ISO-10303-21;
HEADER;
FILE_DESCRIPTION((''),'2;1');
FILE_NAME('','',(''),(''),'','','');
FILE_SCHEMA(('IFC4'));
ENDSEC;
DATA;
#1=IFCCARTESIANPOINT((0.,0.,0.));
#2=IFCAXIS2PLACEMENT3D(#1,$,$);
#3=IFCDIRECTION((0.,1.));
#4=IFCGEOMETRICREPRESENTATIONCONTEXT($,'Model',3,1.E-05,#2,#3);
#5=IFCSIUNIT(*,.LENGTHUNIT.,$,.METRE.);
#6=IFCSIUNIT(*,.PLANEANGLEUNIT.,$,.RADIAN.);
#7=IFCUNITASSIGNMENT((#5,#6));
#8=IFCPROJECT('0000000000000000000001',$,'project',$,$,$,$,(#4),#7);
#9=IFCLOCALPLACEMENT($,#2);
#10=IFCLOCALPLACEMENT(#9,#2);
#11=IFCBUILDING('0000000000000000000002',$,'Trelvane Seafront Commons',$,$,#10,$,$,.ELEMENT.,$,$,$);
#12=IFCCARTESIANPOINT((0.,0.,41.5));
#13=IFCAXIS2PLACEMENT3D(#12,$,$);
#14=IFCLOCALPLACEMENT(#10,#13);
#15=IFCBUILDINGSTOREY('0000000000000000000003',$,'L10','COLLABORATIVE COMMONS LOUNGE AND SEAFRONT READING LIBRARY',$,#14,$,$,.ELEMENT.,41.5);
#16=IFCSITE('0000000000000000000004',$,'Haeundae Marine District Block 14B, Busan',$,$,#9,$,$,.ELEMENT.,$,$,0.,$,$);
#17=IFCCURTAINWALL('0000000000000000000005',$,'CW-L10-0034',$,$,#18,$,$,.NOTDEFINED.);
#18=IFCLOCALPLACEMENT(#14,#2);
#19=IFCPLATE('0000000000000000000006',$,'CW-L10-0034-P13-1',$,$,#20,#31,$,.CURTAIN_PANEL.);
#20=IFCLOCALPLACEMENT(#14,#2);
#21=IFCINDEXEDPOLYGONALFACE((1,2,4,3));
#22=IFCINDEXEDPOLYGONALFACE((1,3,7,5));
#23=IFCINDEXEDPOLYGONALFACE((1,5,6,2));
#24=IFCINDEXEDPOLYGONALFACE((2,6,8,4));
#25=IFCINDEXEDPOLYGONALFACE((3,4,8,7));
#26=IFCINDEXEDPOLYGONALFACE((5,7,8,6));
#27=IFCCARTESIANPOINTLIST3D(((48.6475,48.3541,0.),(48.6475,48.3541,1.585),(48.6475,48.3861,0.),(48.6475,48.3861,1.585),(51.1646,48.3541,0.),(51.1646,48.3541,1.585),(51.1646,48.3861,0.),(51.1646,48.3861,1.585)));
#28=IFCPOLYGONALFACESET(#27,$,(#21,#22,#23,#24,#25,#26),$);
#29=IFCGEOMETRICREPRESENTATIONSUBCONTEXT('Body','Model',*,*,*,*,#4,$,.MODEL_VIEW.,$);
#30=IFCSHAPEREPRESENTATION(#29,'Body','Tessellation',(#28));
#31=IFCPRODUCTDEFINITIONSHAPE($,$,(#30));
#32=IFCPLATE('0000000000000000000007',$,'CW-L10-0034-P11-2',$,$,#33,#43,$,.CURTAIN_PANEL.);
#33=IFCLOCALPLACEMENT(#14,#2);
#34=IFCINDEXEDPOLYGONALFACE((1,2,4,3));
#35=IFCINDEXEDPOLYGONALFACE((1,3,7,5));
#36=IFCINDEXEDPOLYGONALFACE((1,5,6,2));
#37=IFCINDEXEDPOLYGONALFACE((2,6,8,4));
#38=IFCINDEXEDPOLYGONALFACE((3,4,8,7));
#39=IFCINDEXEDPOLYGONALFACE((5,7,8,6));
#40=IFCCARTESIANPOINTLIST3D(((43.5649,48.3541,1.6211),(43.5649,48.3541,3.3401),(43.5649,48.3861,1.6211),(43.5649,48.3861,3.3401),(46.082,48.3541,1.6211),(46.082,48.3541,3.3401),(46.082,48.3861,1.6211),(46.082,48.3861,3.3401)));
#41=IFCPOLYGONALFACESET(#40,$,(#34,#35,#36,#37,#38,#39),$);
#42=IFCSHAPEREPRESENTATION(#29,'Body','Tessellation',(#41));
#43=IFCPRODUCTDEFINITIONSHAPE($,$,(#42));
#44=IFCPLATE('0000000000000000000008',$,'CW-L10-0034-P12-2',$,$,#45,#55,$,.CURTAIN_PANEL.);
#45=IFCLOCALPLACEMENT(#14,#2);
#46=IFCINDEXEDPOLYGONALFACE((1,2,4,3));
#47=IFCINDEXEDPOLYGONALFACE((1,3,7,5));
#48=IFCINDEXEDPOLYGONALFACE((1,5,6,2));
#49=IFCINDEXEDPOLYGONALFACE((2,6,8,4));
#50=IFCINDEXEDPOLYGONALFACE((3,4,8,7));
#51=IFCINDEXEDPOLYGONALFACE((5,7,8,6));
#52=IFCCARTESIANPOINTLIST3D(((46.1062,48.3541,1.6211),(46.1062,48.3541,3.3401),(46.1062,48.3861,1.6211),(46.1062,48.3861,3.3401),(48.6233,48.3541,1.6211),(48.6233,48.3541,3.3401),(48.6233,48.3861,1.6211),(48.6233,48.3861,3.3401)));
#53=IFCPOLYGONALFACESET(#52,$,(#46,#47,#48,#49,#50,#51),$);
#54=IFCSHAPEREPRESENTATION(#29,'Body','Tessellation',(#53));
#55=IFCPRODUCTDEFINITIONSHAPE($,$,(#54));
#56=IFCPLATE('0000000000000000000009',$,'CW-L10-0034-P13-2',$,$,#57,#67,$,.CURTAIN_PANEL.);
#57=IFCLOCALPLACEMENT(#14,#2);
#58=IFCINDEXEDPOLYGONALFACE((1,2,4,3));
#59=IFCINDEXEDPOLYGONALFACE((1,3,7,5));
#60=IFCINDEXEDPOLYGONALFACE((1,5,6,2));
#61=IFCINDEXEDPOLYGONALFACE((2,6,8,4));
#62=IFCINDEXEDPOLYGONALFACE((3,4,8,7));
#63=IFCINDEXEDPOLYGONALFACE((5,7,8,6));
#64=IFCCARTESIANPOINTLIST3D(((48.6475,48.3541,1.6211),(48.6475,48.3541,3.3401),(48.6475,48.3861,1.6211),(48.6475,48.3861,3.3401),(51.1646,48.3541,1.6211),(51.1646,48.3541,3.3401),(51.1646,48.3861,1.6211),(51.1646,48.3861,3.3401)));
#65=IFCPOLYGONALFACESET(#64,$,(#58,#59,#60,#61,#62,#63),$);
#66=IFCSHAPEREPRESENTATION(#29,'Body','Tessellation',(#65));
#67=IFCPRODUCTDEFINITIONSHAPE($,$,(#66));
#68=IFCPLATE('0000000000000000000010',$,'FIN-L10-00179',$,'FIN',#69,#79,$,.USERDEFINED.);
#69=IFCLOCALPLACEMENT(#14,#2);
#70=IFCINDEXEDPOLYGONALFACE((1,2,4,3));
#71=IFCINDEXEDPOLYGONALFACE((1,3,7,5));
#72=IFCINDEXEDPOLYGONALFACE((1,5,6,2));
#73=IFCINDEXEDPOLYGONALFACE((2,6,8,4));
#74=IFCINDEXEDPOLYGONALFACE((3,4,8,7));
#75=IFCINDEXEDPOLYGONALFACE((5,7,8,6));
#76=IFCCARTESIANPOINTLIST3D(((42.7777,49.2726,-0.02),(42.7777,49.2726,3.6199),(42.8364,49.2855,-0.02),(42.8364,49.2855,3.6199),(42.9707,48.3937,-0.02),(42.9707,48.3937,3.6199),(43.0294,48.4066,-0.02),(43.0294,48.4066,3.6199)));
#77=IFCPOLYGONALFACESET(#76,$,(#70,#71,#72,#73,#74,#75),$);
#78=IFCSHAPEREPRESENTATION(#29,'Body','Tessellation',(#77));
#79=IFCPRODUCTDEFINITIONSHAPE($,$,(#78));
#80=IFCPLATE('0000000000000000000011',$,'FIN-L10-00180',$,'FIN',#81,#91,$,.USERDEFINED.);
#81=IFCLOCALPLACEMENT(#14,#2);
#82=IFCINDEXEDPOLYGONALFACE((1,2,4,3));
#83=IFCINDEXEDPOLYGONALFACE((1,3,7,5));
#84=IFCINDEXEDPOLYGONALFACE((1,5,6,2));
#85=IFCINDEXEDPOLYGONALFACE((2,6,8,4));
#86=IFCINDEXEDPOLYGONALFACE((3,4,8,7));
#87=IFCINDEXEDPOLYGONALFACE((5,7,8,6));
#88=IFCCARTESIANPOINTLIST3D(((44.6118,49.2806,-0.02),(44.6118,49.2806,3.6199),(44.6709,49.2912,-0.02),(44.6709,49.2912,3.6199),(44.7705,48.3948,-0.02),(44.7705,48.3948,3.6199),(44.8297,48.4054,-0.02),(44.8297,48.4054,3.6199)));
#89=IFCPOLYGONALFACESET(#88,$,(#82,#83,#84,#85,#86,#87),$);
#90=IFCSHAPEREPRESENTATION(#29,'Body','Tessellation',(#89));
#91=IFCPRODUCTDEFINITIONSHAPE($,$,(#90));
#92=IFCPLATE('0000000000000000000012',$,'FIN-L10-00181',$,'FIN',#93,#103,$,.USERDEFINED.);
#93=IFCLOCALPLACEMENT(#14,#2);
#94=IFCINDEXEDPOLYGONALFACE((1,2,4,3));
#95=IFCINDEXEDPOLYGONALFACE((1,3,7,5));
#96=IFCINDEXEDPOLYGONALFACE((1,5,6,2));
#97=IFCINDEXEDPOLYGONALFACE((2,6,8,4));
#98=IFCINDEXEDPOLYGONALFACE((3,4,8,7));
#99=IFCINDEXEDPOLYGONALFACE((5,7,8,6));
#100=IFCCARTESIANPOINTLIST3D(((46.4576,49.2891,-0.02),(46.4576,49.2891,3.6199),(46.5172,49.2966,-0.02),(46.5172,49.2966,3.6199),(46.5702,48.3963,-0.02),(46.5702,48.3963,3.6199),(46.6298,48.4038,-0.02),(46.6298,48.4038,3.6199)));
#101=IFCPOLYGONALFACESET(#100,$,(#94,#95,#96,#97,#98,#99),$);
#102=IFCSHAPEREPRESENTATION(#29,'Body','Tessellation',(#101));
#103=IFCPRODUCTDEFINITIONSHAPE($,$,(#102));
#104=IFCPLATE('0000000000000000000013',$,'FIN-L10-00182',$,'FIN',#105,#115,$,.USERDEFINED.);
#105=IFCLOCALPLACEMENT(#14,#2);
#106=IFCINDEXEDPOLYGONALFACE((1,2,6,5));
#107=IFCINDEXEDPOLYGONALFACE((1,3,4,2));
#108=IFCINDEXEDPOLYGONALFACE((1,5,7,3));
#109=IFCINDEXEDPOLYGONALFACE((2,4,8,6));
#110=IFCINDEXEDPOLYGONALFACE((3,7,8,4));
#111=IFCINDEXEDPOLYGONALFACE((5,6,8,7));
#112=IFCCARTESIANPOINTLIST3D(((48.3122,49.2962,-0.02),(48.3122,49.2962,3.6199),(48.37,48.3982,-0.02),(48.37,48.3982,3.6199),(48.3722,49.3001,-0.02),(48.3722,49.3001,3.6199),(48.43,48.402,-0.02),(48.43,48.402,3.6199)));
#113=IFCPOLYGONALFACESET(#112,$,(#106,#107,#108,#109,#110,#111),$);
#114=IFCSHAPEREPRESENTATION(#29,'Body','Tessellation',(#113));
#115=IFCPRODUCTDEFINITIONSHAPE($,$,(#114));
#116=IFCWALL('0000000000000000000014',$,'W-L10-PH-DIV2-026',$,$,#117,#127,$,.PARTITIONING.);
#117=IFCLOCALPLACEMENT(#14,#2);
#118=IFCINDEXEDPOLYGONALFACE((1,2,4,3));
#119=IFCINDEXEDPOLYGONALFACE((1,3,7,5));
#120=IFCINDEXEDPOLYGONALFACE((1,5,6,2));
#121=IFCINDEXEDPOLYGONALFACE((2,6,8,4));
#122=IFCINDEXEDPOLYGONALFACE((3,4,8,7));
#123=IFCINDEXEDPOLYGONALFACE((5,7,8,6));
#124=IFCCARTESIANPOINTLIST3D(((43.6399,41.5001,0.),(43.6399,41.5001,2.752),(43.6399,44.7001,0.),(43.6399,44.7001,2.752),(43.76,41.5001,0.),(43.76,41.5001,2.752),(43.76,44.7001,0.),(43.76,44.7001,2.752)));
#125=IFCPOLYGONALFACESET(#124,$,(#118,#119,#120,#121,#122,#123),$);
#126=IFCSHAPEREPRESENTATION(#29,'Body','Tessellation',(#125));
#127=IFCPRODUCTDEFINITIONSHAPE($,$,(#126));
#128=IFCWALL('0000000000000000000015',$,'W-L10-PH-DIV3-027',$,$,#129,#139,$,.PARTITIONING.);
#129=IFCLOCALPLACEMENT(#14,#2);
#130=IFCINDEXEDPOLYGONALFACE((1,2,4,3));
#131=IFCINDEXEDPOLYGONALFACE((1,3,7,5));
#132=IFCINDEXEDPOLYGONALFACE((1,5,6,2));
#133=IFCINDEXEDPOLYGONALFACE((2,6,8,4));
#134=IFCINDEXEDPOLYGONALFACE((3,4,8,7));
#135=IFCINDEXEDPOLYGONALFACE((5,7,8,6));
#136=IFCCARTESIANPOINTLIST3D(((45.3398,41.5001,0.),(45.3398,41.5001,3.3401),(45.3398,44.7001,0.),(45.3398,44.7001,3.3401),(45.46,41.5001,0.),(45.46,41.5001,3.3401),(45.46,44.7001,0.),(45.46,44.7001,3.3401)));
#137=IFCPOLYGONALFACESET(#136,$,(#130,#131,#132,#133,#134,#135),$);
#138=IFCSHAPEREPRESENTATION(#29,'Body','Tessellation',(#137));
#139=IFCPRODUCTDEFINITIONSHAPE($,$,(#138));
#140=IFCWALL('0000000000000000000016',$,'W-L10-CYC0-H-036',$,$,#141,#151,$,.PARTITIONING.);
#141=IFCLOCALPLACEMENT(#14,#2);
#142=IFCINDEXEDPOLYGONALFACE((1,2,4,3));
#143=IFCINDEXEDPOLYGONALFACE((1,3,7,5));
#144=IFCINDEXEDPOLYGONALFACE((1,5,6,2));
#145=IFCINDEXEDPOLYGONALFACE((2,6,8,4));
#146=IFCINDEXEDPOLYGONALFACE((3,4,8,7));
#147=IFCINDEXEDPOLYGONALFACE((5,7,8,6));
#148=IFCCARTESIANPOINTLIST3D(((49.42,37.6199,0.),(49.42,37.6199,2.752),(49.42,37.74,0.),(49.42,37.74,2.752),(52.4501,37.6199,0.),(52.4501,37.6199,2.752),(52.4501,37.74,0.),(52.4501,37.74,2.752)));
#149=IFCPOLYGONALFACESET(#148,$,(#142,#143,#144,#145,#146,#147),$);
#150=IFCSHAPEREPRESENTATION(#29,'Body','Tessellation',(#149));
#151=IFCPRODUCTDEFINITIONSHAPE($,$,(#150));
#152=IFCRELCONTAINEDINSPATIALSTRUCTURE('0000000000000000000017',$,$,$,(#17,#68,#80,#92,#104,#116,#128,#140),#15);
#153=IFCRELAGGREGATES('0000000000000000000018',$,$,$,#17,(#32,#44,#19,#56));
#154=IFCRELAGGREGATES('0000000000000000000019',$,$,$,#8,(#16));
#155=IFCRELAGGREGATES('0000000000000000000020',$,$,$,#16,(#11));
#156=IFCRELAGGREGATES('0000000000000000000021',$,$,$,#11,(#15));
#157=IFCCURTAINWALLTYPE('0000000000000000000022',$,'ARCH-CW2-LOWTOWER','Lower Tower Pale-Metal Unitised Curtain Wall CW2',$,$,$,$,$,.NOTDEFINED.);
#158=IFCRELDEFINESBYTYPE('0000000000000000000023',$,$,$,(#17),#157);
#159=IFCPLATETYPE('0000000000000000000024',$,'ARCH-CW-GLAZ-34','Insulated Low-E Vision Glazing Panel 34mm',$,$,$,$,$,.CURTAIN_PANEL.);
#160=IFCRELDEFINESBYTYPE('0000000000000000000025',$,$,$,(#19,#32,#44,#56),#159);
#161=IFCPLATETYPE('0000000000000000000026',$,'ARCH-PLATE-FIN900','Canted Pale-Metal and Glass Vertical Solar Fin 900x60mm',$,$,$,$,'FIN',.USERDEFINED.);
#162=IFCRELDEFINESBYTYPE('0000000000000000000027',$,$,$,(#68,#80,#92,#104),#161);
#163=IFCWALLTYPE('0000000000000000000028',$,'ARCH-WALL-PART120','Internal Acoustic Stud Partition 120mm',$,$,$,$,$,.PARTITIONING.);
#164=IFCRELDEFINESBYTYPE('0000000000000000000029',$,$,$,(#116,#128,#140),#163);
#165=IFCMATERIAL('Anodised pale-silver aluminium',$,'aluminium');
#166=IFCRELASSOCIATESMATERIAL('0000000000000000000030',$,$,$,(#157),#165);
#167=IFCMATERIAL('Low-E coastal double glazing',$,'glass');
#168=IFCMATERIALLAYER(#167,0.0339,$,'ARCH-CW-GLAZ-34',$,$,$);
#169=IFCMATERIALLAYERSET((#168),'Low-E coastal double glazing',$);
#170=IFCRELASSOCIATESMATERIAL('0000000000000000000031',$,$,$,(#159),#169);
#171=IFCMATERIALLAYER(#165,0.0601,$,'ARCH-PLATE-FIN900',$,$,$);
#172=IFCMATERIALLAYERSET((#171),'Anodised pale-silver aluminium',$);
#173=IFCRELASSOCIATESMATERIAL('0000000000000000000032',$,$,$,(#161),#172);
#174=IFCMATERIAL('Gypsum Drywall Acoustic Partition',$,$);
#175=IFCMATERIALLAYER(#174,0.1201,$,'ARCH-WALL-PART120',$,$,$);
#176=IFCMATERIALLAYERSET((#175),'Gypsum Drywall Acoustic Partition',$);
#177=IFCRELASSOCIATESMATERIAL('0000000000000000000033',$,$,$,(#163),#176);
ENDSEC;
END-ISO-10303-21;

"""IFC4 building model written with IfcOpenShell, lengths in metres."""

from ifc_helpers import new_model, si_unit, direction, frame, frame_2d, origin, origin_2d, place, context, subcontext, project, spatial, rectangle, extrude, source, transform, mapped, material, layer, layer_set, type_object, element, aggregate, save


model = new_model("IFC4")

# Units and contexts
model_context = context("Model", 3, precision=1e-05, world=origin(), true_north=direction((0.0, 1.0)))
body_context = subcontext(model_context, "Body", "Model", "MODEL_VIEW")
ifc_project = project(units=[si_unit("LENGTHUNIT", "METRE"), si_unit("PLANEANGLEUNIT", "RADIAN")], contexts=[model_context])

# Site, building, storey
site_placement = place(None, origin())
site = spatial("IfcSite", under=ifc_project, at=site_placement, Name="Haeundae Marine District Block 14B, Busan", CompositionType="ELEMENT", RefElevation=0.0)
building_placement = place(site_placement, origin())
building = spatial("IfcBuilding", under=site, at=building_placement, Name="Trelvane Seafront Commons", CompositionType="ELEMENT")
storey_placement = place(building_placement, frame((0.0, 0.0, 41.5)))
storey = spatial("IfcBuildingStorey", under=building, at=storey_placement, Name="L10", Description="COLLABORATIVE COMMONS LOUNGE AND SEAFRONT READING LIBRARY", CompositionType="ELEMENT", Elevation=41.5)

# Curtain wall, plates
ifc_material_1 = material(Name="Anodised pale-silver aluminium", Category="aluminium")
curtain_wall_type = type_object("IfcCurtainWallType", Name="ARCH-CW2-LOWTOWER", Description="Lower Tower Pale-Metal Unitised Curtain Wall CW2", PredefinedType="NOTDEFINED", material=ifc_material_1)
curtain_wall_placement = place(storey_placement, origin())
curtain_wall = element("IfcCurtainWall", 1, at=curtain_wall_placement, inside=storey, type_object=curtain_wall_type, Name="CW-L10-0034", PredefinedType="NOTDEFINED")
ifc_material_2 = material(Name="Low-E coastal double glazing", Category="glass")
ifc_layer_1 = layer(ifc_material_2, 0.0339, Name="ARCH-CW-GLAZ-34")
ifc_layer_set_1 = layer_set([ifc_layer_1], Name="Low-E coastal double glazing")
plate_type_1 = type_object("IfcPlateType", Name="ARCH-CW-GLAZ-34", Description="Insulated Low-E Vision Glazing Panel 34mm", PredefinedType="CURTAIN_PANEL", material=ifc_layer_set_1)
shared_shape_1 = source(origin(), body_context, "Body", "SweptSolid", [
    extrude(rectangle(XDim=2.5171, YDim=0.032, at=origin_2d()), origin(), (0.0, 0.0, 1.0), 1.585),
])
plate_1_placement = place(storey_placement, frame((49.906, 48.3701, 0.0), z_axis=(0.0, 0.0, 1.0), x_axis=(1.0, 0.0, 0.0)))
plate_1 = element("IfcPlate", 2, at=plate_1_placement, type_object=plate_type_1, Name="CW-L10-0034-P13-1", PredefinedType="CURTAIN_PANEL", context=body_context, shape_type="MappedRepresentation", body=[
    mapped(shared_shape_1, transform((0.0, 0.0, 0.0), x_axis=(1.0, 0.0, 0.0), y_axis=(0.0, 1.0, 0.0), z_axis=(0.0, 0.0, 1.0), scale=1.0)),
])
shared_shape_2 = source(origin(), body_context, "Body", "SweptSolid", [
    extrude(rectangle(XDim=2.5171, YDim=0.032, at=origin_2d()), origin(), (0.0, 0.0, 1.0), 1.719),
])
plate_2_placement = place(storey_placement, frame((44.8235, 48.3701, 1.6211), z_axis=(0.0, 0.0, 1.0), x_axis=(1.0, 0.0, 0.0)))
plate_2 = element("IfcPlate", 3, at=plate_2_placement, type_object=plate_type_1, Name="CW-L10-0034-P11-2", PredefinedType="CURTAIN_PANEL", context=body_context, shape_type="MappedRepresentation", body=[
    mapped(shared_shape_2, transform((0.0, 0.0, 0.0), x_axis=(1.0, 0.0, 0.0), y_axis=(0.0, 1.0, 0.0), z_axis=(0.0, 0.0, 1.0), scale=1.0)),
])
plate_3_placement = place(storey_placement, frame((47.3647, 48.3701, 1.6211), z_axis=(0.0, 0.0, 1.0), x_axis=(1.0, 0.0, 0.0)))
plate_3 = element("IfcPlate", 4, at=plate_3_placement, type_object=plate_type_1, Name="CW-L10-0034-P12-2", PredefinedType="CURTAIN_PANEL", context=body_context, shape_type="MappedRepresentation", body=[
    mapped(shared_shape_2, transform((0.0, 0.0, 0.0), x_axis=(1.0, 0.0, 0.0), y_axis=(0.0, 1.0, 0.0), z_axis=(0.0, 0.0, 1.0), scale=1.0)),
])
plate_4_placement = place(storey_placement, frame((49.906, 48.3701, 1.6211), z_axis=(0.0, 0.0, 1.0), x_axis=(1.0, 0.0, 0.0)))
plate_4 = element("IfcPlate", 5, at=plate_4_placement, type_object=plate_type_1, Name="CW-L10-0034-P13-2", PredefinedType="CURTAIN_PANEL", context=body_context, shape_type="MappedRepresentation", body=[
    mapped(shared_shape_2, transform((0.0, 0.0, 0.0), x_axis=(1.0, 0.0, 0.0), y_axis=(0.0, 1.0, 0.0), z_axis=(0.0, 0.0, 1.0), scale=1.0)),
])
aggregate(curtain_wall, [plate_2, plate_3, plate_1, plate_4])

# Plates
ifc_layer_2 = layer(ifc_material_1, 0.0601, Name="ARCH-PLATE-FIN900")
ifc_layer_set_2 = layer_set([ifc_layer_2], Name="Anodised pale-silver aluminium")
plate_type_2 = type_object("IfcPlateType", Name="ARCH-PLATE-FIN900", Description="Canted Pale-Metal and Glass Vertical Solar Fin 900x60mm", ElementType="FIN", PredefinedType="USERDEFINED", material=ifc_layer_set_2)
shared_shape_3 = source(origin(), body_context, "Body", "SweptSolid", [
    extrude(rectangle(XDim=0.8999, YDim=0.0601, at=origin_2d()), origin(), (0.0, 0.0, 1.0), 3.6399),
])
for number, where, z_axis, x_axis, name in (
    (6, (42.9036, 48.8396, -0.02), (0.0, 0.0, 1.0), (-0.214435, 0.976738, 0.0), "FIN-L10-00179"),
    (7, (44.7207, 48.843, -0.02), (0.0, 0.0, 1.0), (-0.176441, 0.984311, 0.0), "FIN-L10-00180"),
    (8, (46.5437, 48.8464, -0.02), (0.0, 0.0, 1.0), (-0.125115, 0.992142, 0.0), "FIN-L10-00181"),
    (9, (48.3711, 48.8491, -0.02), (0.0, 0.0, 1.0), (-0.064226, 0.997935, 0.0), "FIN-L10-00182"),
):
    element("IfcPlate", number, at=place(storey_placement, frame(where, z_axis=z_axis, x_axis=x_axis)), inside=storey, type_object=plate_type_2, Name=name, ObjectType="FIN", PredefinedType="USERDEFINED", context=body_context, shape_type="MappedRepresentation", body=[
        mapped(shared_shape_3, transform((0.0, 0.0, 0.0), x_axis=(1.0, 0.0, 0.0), y_axis=(0.0, 1.0, 0.0), z_axis=(0.0, 0.0, 1.0), scale=1.0)),
    ])

# Walls
ifc_material_3 = material(Name="Gypsum Drywall Acoustic Partition")
ifc_layer_3 = layer(ifc_material_3, 0.1201, Name="ARCH-WALL-PART120")
ifc_layer_set_3 = layer_set([ifc_layer_3], Name="Gypsum Drywall Acoustic Partition")
wall_type_1 = type_object("IfcWallType", Name="ARCH-WALL-PART120", Description="Internal Acoustic Stud Partition 120mm", PredefinedType="PARTITIONING", material=ifc_layer_set_3)
wall_1_placement = place(storey_placement, frame((43.7, 41.5, 0.0), z_axis=(0.0, 0.0, 1.0), x_axis=(0.0, 1.0, 0.0)))
element("IfcWall", 10, at=wall_1_placement, inside=storey, type_object=wall_type_1, Name="W-L10-PH-DIV2-026", PredefinedType="PARTITIONING", context=body_context, shape_type="SweptSolid", body=[
    extrude(rectangle(XDim=3.2, YDim=0.1201, at=frame_2d((1.6001, 0.0))), origin(), (0.0, 0.0, 1.0), 2.752),
])
wall_2_placement = place(storey_placement, frame((45.3999, 41.5, 0.0), z_axis=(0.0, 0.0, 1.0), x_axis=(0.0, 1.0, 0.0)))
element("IfcWall", 11, at=wall_2_placement, inside=storey, type_object=wall_type_1, Name="W-L10-PH-DIV3-027", PredefinedType="PARTITIONING", context=body_context, shape_type="SweptSolid", body=[
    extrude(rectangle(XDim=3.2, YDim=0.1201, at=frame_2d((1.6001, 0.0))), origin(), (0.0, 0.0, 1.0), 3.3401),
])
wall_3_placement = place(storey_placement, frame((49.4199, 37.6799, 0.0), z_axis=(0.0, 0.0, 1.0), x_axis=(1.0, 0.0, 0.0)))
element("IfcWall", 12, at=wall_3_placement, inside=storey, type_object=wall_type_1, Name="W-L10-CYC0-H-036", PredefinedType="PARTITIONING", context=body_context, shape_type="SweptSolid", body=[
    extrude(rectangle(XDim=3.03, YDim=0.1201, at=frame_2d((1.5151, 0.0))), origin(), (0.0, 0.0, 1.0), 2.752),
])

save(model, "model.ifc")
